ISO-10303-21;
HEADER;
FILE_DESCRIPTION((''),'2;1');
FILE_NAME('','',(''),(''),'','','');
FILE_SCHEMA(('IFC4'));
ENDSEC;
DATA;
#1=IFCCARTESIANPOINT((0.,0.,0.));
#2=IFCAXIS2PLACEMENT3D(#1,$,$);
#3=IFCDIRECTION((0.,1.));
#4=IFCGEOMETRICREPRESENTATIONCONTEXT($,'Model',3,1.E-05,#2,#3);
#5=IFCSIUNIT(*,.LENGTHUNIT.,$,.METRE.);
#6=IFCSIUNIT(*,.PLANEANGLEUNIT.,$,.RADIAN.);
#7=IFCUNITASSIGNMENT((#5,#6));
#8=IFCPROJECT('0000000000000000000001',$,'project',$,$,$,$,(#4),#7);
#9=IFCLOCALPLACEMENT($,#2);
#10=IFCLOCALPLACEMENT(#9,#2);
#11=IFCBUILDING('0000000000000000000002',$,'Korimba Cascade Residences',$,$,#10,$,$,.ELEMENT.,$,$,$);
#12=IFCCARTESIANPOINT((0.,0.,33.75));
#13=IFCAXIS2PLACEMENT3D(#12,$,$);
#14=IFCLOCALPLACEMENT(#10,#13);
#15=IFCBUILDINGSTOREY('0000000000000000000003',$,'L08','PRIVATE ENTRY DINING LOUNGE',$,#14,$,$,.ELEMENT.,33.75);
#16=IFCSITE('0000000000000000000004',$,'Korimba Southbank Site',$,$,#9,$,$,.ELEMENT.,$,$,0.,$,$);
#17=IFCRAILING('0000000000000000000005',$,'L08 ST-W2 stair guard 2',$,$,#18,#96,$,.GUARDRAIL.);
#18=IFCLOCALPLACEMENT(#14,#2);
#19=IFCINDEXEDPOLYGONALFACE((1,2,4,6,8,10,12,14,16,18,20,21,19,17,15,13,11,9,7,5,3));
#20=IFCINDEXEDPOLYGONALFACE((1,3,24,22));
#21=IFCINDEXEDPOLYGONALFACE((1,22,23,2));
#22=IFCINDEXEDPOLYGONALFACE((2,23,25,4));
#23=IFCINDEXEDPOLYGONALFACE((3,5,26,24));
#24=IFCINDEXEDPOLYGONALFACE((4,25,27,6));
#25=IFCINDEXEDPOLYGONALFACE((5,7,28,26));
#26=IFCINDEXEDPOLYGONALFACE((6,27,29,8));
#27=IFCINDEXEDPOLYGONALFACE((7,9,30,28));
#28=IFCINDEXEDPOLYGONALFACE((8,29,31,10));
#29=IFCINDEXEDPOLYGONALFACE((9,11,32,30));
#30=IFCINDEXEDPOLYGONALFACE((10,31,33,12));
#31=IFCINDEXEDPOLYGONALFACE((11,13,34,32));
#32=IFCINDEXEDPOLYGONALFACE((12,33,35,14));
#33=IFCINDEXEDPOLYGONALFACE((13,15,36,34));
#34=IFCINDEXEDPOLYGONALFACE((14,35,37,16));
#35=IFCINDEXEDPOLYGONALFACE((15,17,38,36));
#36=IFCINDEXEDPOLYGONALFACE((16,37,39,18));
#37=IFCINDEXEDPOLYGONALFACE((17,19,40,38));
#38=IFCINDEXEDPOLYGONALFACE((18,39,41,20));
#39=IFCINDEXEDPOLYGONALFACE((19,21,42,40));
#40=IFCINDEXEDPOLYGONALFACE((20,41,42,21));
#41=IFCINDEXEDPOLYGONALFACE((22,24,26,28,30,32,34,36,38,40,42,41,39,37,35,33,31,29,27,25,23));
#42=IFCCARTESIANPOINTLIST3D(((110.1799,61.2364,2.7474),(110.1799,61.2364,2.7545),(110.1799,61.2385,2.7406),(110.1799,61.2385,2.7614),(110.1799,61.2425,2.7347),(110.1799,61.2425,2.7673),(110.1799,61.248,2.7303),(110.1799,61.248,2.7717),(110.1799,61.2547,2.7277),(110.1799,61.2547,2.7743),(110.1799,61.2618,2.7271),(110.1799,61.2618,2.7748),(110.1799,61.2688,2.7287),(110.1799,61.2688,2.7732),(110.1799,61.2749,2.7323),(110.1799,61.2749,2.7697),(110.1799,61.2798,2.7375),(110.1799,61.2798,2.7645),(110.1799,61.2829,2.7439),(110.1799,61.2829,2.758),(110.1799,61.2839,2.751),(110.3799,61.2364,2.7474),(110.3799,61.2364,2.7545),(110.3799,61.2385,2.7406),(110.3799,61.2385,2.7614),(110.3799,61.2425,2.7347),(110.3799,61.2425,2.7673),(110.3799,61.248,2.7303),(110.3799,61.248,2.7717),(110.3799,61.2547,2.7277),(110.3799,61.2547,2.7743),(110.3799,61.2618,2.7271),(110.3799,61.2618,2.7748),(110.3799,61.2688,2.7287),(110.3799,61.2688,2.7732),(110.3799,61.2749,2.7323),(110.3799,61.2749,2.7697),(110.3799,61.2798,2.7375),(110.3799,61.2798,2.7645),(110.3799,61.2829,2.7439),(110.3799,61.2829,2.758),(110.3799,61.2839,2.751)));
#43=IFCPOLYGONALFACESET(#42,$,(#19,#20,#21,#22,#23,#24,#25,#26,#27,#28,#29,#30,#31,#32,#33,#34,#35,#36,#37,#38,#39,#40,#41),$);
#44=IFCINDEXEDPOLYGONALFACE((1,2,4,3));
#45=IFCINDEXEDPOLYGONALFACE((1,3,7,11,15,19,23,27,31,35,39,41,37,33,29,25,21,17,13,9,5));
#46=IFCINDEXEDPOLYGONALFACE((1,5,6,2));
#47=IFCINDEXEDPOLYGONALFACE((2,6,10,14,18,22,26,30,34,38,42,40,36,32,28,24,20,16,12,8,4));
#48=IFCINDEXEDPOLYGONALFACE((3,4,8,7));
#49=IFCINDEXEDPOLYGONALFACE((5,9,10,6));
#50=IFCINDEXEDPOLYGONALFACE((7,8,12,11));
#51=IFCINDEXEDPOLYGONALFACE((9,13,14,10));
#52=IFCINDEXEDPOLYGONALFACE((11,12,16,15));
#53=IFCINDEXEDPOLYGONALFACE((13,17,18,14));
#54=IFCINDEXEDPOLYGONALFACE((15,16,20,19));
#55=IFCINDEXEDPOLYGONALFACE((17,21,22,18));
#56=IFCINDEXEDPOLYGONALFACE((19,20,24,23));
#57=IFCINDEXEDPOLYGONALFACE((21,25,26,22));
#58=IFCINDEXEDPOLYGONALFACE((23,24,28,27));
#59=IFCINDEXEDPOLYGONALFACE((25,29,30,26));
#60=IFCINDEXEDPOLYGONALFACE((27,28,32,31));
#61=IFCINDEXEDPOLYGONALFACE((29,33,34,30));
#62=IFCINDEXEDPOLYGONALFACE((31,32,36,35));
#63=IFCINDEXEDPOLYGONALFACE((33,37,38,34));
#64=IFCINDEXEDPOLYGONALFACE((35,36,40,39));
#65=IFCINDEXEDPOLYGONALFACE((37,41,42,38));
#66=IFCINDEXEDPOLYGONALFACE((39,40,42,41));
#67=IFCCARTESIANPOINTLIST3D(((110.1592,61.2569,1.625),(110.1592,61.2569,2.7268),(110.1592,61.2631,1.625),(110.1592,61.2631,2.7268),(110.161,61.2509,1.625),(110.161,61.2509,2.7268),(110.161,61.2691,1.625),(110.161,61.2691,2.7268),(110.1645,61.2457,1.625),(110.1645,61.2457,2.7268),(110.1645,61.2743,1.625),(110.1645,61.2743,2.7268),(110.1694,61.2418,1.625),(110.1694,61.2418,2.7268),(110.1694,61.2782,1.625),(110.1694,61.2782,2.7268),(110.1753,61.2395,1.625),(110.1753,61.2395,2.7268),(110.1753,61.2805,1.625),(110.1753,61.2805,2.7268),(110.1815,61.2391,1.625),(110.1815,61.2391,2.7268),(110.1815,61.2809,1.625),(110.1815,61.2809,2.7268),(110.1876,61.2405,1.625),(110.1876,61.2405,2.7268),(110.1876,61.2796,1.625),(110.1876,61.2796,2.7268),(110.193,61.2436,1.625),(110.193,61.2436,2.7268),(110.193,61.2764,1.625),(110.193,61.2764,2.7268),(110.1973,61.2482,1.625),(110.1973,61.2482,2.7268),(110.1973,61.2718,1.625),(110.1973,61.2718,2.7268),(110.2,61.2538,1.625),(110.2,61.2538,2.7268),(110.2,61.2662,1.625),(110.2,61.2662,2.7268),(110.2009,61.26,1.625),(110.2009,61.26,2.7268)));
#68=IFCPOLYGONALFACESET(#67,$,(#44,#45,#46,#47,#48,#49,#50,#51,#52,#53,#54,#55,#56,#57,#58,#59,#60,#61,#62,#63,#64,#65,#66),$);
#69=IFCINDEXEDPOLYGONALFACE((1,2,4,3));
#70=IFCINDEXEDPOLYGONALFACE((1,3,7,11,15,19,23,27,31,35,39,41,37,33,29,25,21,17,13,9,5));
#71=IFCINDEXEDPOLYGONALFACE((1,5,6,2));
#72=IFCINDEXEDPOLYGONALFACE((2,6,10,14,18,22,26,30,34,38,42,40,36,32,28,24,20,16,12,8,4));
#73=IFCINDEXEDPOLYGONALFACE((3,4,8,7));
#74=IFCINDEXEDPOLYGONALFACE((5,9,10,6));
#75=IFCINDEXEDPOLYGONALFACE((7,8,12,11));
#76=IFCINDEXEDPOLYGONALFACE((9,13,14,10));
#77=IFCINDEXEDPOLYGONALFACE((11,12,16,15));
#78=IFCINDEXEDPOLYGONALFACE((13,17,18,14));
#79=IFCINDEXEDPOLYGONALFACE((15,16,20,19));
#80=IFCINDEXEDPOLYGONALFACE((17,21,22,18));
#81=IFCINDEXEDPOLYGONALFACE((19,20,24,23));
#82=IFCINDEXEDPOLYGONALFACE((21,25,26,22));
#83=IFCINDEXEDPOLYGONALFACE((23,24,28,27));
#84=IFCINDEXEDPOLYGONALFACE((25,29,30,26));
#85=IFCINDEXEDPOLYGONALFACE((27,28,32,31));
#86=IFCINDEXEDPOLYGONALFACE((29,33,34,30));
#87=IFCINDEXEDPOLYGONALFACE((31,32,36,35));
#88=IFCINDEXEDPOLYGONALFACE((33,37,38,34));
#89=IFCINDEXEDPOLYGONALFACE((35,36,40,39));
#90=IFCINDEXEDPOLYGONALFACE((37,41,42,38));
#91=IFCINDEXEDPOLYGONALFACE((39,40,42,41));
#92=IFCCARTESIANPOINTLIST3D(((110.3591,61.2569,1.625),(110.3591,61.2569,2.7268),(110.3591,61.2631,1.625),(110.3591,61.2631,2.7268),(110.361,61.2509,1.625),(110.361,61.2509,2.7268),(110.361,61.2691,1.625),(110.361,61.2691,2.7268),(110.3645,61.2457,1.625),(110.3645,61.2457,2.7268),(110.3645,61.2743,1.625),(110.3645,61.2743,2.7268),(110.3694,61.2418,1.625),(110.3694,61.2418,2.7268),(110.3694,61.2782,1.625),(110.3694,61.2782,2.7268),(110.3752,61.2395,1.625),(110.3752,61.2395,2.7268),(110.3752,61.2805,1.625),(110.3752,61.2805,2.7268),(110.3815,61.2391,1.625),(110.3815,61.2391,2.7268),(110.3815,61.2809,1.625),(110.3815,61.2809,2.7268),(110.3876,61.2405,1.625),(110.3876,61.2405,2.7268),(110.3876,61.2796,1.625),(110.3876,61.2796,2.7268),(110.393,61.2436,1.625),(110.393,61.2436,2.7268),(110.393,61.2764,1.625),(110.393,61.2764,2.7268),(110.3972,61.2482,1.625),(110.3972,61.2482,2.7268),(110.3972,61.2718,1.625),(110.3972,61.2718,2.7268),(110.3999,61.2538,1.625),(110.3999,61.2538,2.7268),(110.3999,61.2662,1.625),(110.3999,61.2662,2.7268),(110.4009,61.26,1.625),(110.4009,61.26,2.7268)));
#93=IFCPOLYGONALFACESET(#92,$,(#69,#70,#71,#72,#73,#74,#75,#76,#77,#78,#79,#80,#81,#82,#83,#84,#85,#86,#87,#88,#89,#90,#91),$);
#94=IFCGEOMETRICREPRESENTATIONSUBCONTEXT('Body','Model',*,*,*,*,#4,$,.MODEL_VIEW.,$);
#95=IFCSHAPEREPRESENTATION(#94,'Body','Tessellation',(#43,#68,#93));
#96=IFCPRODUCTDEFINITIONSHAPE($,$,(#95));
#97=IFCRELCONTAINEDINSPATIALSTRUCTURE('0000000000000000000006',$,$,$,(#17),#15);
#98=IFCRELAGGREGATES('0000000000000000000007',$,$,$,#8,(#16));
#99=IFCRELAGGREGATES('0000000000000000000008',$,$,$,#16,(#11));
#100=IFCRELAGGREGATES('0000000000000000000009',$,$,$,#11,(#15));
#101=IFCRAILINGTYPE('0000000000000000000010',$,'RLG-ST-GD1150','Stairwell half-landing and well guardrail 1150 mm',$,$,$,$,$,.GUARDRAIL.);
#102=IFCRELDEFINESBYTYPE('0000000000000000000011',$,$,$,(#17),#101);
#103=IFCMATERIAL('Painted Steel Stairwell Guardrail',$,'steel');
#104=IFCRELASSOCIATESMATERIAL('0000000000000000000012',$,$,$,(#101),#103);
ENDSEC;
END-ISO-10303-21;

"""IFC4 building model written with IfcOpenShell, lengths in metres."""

from ifc_helpers import new_model, si_unit, direction, frame, origin, origin_2d, place, context, subcontext, project, spatial, circle, extrude, material, type_object, element, save


model = new_model("IFC4")

# Units and contexts
model_context = context("Model", 3, precision=1e-05, world=origin(), true_north=direction((0.0, 1.0)))
body_context = subcontext(model_context, "Body", "Model", "MODEL_VIEW")
ifc_project = project(units=[si_unit("LENGTHUNIT", "METRE"), si_unit("PLANEANGLEUNIT", "RADIAN")], contexts=[model_context])

# Site, building, storey
site_placement = place(None, origin())
site = spatial("IfcSite", under=ifc_project, at=site_placement, Name="Korimba Southbank Site", CompositionType="ELEMENT", RefElevation=0.0)
building_placement = place(site_placement, origin())
building = spatial("IfcBuilding", under=site, at=building_placement, Name="Korimba Cascade Residences", CompositionType="ELEMENT")
storey_placement = place(building_placement, frame((0.0, 0.0, 33.75)))
storey = spatial("IfcBuildingStorey", under=building, at=storey_placement, Name="L08", Description="PRIVATE ENTRY DINING LOUNGE", CompositionType="ELEMENT", Elevation=33.75)

# Railing
ifc_material_1 = material(Name="Painted Steel Stairwell Guardrail", Category="steel")
railing_type_1 = type_object("IfcRailingType", Name="RLG-ST-GD1150", Description="Stairwell half-landing and well guardrail 1150 mm", PredefinedType="GUARDRAIL", material=ifc_material_1)
railing_1_placement = place(storey_placement, frame((110.1799, 61.26, 1.625)))
element("IfcRailing", 1, at=railing_1_placement, inside=storey, type_object=railing_type_1, Name="L08 ST-W2 stair guard 2", PredefinedType="GUARDRAIL", context=body_context, shape_type="SweptSolid", body=[
    extrude(circle(Radius=0.0239, at=origin_2d()), frame((0.0, 0.0, 1.126), z_axis=(1.0, 0.0, 0.0), x_axis=(0.0, 1.0, 0.0)), (0.0, 0.0, 1.0), 0.2),
    extrude(circle(Radius=0.021, at=origin_2d()), origin(), (0.0, 0.0, 1.0), 1.1018),
    extrude(circle(Radius=0.021, at=origin_2d()), frame((0.2, 0.0, 0.0)), (0.0, 0.0, 1.0), 1.1018),
])

save(model, "model.ifc")
